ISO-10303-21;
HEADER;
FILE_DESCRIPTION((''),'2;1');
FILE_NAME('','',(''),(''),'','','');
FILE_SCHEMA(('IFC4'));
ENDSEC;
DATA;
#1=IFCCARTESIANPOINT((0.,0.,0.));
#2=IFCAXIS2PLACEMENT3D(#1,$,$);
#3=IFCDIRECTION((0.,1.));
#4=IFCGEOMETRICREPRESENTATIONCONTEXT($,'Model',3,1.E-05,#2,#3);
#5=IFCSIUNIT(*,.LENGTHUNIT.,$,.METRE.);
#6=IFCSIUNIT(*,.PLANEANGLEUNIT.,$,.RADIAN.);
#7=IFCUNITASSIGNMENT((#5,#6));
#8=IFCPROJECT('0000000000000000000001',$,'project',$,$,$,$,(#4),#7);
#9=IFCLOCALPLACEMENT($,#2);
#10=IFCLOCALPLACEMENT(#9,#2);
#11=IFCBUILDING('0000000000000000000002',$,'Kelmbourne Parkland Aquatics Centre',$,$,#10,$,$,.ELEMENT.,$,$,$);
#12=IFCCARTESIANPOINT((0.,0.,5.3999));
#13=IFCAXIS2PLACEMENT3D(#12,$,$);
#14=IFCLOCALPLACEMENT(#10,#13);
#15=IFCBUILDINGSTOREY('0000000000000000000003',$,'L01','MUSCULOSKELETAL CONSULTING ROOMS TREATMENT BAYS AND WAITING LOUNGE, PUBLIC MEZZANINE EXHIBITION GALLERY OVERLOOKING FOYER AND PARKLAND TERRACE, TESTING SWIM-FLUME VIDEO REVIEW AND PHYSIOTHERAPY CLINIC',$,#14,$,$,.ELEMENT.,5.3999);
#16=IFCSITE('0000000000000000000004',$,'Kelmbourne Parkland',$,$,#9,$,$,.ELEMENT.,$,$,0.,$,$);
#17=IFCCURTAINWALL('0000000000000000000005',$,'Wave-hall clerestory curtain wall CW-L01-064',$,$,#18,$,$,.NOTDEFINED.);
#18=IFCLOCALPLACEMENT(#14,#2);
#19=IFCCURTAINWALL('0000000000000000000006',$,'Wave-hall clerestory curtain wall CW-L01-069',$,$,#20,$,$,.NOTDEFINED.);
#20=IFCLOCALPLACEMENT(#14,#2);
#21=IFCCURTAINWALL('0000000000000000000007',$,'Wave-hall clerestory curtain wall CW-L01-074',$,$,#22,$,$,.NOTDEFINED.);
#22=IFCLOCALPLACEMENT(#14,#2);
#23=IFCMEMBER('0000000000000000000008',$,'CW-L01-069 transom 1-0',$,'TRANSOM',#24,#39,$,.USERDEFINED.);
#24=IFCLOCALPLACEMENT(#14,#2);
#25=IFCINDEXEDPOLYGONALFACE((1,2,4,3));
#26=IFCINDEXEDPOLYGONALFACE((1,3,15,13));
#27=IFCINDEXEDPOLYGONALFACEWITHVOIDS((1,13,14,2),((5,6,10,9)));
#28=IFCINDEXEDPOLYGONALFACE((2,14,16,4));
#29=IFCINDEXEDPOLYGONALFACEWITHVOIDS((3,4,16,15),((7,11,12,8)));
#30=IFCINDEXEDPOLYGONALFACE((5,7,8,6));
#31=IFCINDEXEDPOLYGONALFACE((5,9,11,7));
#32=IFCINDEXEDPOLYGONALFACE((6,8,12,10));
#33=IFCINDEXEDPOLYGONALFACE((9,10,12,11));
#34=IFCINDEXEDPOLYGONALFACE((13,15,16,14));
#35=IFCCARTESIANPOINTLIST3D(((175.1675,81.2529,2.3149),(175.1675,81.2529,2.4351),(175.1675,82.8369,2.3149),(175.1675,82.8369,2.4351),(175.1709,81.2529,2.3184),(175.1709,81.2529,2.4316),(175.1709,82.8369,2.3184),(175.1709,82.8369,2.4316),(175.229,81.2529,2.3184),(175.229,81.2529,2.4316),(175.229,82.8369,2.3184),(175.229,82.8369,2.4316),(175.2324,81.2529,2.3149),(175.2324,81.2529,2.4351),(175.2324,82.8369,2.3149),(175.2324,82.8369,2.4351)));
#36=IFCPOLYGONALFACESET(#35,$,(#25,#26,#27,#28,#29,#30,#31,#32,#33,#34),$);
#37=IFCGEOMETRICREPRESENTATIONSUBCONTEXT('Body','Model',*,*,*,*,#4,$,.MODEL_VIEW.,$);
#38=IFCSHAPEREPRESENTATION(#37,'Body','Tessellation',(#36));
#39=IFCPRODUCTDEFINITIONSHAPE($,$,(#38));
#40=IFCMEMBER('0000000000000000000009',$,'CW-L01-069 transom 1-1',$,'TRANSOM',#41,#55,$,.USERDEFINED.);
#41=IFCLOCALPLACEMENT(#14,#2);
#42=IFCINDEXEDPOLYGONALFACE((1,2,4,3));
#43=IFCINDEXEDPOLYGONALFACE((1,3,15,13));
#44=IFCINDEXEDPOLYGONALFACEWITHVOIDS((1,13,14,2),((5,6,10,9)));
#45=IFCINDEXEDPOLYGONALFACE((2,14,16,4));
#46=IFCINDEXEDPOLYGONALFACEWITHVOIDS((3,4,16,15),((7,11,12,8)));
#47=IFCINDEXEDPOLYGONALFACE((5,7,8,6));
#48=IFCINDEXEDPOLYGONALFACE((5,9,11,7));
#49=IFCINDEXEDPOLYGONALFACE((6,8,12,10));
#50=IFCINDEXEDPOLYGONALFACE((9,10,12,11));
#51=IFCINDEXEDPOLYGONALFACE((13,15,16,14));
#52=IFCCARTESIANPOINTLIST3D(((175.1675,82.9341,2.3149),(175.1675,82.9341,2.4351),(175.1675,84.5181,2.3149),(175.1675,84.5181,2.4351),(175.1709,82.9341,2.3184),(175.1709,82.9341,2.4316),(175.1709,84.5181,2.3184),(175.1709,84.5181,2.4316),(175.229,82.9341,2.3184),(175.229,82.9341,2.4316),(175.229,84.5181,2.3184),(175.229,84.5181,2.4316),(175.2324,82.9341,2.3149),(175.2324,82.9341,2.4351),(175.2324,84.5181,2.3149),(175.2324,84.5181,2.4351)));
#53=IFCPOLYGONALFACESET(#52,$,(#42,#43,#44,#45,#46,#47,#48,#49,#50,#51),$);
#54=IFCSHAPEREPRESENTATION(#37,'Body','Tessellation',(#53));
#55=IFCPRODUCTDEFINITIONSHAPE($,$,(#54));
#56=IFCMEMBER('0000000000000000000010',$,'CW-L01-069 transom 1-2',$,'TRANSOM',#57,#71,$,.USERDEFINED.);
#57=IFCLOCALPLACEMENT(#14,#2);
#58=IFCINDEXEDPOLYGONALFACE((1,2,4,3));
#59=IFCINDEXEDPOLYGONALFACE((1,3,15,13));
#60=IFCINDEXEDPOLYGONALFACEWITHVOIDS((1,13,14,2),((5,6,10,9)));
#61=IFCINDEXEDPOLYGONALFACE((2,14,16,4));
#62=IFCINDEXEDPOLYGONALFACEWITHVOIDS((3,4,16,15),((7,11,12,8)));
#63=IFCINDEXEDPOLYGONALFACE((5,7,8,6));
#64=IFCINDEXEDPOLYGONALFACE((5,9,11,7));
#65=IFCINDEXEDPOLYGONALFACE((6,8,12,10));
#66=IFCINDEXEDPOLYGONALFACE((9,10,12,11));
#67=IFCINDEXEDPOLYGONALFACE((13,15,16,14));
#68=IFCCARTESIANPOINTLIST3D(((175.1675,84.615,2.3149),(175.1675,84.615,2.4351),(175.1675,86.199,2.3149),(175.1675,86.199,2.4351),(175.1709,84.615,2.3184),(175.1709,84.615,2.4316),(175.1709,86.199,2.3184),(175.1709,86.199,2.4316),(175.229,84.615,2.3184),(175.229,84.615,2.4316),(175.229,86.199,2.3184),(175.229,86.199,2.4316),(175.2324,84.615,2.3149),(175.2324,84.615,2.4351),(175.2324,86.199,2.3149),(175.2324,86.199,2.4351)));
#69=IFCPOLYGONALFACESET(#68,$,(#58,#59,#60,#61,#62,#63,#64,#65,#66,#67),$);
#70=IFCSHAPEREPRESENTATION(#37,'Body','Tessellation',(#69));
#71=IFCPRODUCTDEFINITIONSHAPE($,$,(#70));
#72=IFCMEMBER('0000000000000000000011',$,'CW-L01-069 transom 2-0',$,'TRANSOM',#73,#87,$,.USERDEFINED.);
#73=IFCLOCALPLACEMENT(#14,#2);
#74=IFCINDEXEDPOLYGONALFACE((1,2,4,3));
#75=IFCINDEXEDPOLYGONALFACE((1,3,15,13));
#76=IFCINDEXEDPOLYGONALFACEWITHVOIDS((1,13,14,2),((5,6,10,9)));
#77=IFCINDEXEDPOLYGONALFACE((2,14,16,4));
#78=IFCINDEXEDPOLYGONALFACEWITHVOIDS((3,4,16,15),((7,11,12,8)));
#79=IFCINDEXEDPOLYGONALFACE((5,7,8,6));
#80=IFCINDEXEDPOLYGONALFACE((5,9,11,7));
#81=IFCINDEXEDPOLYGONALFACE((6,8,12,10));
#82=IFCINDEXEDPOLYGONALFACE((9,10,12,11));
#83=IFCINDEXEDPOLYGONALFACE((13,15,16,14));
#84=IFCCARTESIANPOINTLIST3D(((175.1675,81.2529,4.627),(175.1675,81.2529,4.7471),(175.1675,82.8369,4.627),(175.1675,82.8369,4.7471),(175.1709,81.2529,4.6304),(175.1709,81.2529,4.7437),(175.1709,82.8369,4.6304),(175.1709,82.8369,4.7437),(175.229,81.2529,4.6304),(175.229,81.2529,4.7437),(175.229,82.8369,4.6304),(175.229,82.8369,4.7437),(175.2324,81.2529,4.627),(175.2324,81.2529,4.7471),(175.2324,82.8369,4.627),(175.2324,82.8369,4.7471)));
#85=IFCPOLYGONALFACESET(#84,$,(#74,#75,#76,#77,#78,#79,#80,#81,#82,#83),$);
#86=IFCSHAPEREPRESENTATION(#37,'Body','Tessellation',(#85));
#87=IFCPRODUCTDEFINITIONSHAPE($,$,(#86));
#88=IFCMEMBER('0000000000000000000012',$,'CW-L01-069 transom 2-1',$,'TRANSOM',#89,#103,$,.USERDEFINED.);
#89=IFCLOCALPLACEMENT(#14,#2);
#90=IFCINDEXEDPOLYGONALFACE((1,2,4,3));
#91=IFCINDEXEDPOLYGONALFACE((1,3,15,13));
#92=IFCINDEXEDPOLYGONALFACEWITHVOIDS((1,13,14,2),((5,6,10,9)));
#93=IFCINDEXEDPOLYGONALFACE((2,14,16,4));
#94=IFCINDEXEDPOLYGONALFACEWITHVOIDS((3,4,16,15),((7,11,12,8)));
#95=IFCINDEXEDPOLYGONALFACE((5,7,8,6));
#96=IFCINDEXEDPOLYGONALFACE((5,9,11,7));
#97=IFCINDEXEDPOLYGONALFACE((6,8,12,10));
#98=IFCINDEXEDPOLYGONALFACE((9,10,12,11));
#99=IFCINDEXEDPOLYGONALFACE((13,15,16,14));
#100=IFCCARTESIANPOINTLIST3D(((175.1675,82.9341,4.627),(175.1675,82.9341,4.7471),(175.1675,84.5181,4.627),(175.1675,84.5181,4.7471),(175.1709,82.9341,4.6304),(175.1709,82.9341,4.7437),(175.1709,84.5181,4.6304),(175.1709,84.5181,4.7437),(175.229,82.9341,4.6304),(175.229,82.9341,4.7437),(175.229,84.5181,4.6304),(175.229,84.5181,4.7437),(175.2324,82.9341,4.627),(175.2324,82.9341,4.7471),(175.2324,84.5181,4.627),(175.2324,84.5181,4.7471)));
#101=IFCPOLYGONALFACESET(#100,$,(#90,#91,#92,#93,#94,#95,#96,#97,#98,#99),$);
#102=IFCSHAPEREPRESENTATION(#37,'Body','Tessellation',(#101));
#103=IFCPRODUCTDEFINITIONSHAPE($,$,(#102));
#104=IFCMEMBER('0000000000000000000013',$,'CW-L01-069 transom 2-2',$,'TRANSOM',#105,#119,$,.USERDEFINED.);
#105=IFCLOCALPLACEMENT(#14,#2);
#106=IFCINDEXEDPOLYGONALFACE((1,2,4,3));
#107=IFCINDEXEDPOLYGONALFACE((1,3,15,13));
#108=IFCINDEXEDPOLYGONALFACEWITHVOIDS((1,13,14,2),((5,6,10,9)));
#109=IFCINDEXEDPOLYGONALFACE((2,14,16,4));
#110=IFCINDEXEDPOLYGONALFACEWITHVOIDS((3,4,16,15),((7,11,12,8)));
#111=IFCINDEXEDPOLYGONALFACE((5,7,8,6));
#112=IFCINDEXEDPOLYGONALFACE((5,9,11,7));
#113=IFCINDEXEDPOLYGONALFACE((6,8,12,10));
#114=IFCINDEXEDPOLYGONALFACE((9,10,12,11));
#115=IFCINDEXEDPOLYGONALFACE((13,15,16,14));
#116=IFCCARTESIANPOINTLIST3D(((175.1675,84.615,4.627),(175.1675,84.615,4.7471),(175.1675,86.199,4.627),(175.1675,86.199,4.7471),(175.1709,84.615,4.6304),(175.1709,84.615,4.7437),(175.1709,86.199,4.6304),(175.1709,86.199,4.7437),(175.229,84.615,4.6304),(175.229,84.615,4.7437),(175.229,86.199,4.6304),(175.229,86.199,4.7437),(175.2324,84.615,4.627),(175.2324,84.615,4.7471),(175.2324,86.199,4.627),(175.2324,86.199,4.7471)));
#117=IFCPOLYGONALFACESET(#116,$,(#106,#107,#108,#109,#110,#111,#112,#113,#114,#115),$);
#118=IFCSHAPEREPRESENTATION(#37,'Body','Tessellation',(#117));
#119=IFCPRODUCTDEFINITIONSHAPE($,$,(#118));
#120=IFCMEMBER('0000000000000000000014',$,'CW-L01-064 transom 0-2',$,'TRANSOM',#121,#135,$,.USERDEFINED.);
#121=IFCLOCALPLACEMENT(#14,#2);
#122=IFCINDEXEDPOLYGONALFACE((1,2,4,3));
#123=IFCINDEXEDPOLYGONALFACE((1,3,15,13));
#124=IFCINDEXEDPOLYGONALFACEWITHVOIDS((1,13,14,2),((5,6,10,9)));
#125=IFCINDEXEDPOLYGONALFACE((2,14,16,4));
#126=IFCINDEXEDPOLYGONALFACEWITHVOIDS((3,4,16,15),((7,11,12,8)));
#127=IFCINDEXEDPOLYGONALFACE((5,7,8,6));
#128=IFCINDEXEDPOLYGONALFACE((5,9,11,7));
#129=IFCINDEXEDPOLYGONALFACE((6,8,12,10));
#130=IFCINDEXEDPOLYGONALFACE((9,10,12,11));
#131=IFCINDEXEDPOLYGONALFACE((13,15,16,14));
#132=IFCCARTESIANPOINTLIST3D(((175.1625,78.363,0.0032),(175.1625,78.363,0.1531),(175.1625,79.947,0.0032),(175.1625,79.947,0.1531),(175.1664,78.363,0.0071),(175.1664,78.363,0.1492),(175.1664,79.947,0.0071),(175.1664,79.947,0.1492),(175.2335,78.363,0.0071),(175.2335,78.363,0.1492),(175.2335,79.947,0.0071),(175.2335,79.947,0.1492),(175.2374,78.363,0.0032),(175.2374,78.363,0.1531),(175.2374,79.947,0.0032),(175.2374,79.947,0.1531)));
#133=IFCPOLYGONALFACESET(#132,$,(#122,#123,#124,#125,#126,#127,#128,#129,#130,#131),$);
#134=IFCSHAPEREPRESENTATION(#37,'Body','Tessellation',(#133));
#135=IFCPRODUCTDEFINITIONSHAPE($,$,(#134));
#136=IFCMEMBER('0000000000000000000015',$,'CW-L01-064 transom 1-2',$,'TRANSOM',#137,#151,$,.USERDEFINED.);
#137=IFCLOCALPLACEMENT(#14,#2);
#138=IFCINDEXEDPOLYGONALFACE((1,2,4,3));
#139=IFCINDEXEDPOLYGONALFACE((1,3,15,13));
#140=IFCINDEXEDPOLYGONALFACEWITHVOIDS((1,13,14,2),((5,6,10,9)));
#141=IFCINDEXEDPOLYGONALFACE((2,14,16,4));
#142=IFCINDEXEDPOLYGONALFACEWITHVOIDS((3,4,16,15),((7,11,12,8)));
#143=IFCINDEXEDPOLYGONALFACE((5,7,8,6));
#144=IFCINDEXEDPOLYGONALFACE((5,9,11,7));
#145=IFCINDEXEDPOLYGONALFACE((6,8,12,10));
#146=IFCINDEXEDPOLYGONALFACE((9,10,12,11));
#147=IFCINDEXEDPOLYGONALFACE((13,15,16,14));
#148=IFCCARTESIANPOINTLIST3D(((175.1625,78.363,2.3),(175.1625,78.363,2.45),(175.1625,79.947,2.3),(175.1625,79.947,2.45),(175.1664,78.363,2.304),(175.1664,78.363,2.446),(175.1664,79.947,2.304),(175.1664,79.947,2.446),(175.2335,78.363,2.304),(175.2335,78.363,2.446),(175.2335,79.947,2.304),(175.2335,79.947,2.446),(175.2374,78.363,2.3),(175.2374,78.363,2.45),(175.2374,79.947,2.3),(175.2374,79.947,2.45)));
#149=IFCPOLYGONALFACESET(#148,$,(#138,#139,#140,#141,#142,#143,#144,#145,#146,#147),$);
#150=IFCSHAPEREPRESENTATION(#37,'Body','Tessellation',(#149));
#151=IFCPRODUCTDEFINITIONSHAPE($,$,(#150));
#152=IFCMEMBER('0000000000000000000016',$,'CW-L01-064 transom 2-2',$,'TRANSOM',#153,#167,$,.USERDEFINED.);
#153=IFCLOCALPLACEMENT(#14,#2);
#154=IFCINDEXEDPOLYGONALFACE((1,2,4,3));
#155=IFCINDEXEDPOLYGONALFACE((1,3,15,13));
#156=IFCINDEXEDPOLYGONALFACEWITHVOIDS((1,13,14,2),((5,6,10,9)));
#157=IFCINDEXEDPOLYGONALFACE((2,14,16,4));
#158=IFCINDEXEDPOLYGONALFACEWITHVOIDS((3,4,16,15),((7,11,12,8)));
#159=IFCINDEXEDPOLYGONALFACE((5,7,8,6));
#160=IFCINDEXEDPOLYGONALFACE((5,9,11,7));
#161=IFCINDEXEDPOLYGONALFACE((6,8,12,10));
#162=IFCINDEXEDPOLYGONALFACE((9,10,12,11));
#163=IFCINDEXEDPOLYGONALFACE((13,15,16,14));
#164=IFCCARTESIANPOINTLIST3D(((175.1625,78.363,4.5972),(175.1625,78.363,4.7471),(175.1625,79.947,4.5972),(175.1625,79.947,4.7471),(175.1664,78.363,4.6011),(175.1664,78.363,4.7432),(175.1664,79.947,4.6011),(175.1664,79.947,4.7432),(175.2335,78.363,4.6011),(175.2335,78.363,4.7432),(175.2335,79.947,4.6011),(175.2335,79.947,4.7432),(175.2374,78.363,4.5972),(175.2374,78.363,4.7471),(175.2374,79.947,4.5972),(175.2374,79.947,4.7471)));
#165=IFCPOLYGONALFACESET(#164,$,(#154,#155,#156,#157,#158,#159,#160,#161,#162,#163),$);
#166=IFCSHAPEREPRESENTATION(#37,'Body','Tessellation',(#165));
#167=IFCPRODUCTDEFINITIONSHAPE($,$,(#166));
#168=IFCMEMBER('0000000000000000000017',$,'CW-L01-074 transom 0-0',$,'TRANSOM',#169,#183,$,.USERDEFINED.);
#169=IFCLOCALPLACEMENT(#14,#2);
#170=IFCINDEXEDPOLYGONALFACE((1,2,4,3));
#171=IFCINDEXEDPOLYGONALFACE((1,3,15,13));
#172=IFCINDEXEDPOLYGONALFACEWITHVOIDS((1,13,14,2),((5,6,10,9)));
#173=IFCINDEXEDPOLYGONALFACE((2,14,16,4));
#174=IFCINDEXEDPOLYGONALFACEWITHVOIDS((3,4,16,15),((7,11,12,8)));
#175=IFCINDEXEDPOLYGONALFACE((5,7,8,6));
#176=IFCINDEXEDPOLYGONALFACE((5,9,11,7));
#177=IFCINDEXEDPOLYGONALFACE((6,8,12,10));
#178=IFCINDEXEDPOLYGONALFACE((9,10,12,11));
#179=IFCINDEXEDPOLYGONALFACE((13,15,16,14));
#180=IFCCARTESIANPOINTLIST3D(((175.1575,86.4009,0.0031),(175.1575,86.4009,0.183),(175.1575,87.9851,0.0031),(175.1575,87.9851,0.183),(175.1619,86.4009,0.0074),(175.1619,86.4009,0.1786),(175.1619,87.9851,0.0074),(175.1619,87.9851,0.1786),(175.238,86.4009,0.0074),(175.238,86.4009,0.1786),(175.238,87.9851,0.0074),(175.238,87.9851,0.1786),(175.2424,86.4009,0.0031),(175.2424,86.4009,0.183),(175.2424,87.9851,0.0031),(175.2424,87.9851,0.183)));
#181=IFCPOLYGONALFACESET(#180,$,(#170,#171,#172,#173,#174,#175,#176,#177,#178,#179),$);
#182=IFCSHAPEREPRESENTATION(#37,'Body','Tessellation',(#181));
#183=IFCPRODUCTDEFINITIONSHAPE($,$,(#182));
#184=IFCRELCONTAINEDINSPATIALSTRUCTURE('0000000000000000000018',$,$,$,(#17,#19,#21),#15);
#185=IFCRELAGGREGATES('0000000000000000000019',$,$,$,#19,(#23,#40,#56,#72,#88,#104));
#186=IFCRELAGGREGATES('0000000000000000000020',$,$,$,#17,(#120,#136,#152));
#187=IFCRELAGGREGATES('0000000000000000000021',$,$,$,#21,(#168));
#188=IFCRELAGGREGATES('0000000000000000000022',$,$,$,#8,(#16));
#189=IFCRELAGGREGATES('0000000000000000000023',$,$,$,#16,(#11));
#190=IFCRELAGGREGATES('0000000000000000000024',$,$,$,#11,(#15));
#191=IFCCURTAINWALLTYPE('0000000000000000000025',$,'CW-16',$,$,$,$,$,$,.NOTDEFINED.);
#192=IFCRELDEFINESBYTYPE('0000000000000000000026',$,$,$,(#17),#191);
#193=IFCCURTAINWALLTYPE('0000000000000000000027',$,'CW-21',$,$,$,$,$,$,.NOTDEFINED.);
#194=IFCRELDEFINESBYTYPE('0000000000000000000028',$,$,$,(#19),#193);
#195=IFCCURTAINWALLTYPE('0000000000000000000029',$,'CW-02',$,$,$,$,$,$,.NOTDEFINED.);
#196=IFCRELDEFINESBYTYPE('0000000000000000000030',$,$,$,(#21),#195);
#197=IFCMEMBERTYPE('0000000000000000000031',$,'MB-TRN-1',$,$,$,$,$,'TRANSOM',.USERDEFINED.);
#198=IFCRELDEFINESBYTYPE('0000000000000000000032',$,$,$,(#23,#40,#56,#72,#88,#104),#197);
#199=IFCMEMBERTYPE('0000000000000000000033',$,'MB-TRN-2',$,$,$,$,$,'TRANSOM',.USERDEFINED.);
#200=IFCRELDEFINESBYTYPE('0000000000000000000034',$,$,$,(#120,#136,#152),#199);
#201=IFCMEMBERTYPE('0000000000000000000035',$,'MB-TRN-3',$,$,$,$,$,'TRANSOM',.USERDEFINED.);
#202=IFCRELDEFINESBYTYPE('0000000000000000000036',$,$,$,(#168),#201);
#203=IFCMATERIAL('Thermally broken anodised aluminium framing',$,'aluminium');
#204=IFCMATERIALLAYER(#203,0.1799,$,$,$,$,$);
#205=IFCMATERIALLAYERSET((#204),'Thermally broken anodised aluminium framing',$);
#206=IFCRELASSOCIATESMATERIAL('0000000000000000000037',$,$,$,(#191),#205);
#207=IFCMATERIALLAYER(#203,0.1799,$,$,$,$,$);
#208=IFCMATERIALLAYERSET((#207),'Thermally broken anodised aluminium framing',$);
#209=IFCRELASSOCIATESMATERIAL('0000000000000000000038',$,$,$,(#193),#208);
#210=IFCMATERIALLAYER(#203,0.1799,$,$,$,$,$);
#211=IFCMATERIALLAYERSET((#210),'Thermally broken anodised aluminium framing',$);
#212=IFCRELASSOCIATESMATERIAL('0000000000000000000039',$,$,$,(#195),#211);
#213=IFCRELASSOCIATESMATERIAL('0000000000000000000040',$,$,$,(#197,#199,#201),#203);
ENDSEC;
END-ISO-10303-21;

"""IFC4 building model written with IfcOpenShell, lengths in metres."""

from ifc_helpers import new_model, si_unit, direction, frame, origin, origin_2d, place, context, subcontext, project, spatial, hollow_rectangle, extrude, material, layer, layer_set, material_profile, profile_set, type_object, element, aggregate, save


model = new_model("IFC4")

# Units and contexts
model_context = context("Model", 3, precision=1e-05, world=origin(), true_north=direction((0.0, 1.0)))
body_context = subcontext(model_context, "Body", "Model", "MODEL_VIEW")
ifc_project = project(units=[si_unit("LENGTHUNIT", "METRE"), si_unit("PLANEANGLEUNIT", "RADIAN")], contexts=[model_context])

# Site, building, storey
site_placement = place(None, origin())
site = spatial("IfcSite", under=ifc_project, at=site_placement, Name="Kelmbourne Parkland", CompositionType="ELEMENT", RefElevation=0.0)
building_placement = place(site_placement, origin())
building = spatial("IfcBuilding", under=site, at=building_placement, Name="Kelmbourne Parkland Aquatics Centre", CompositionType="ELEMENT")
storey_placement = place(building_placement, frame((0.0, 0.0, 5.3999)))
storey = spatial("IfcBuildingStorey", under=building, at=storey_placement, Name="L01", Description="MUSCULOSKELETAL CONSULTING ROOMS TREATMENT BAYS AND WAITING LOUNGE, PUBLIC MEZZANINE EXHIBITION GALLERY OVERLOOKING FOYER AND PARKLAND TERRACE, TESTING SWIM-FLUME VIDEO REVIEW AND PHYSIOTHERAPY CLINIC", CompositionType="ELEMENT", Elevation=5.3999)

# Curtain walls
ifc_material_1 = material(Name="Thermally broken anodised aluminium framing", Category="aluminium")
ifc_layer_1 = layer(ifc_material_1, 0.1799)
ifc_layer_set_1 = layer_set([ifc_layer_1], Name="Thermally broken anodised aluminium framing")
curtain_wall_type_1 = type_object("IfcCurtainWallType", Name="CW-16", PredefinedType="NOTDEFINED", material=ifc_layer_set_1)
curtain_wall_1_placement = place(storey_placement, origin())
curtain_wall_1 = element("IfcCurtainWall", 1, at=curtain_wall_1_placement, inside=storey, type_object=curtain_wall_type_1, Name="Wave-hall clerestory curtain wall CW-L01-064", PredefinedType="NOTDEFINED")
ifc_layer_2 = layer(ifc_material_1, 0.1799)
ifc_layer_set_2 = layer_set([ifc_layer_2], Name="Thermally broken anodised aluminium framing")
curtain_wall_type_2 = type_object("IfcCurtainWallType", Name="CW-21", PredefinedType="NOTDEFINED", material=ifc_layer_set_2)
curtain_wall_2_placement = place(storey_placement, origin())
curtain_wall_2 = element("IfcCurtainWall", 2, at=curtain_wall_2_placement, inside=storey, type_object=curtain_wall_type_2, Name="Wave-hall clerestory curtain wall CW-L01-069", PredefinedType="NOTDEFINED")

# Curtain wall
ifc_layer_3 = layer(ifc_material_1, 0.1799)
ifc_layer_set_3 = layer_set([ifc_layer_3], Name="Thermally broken anodised aluminium framing")
curtain_wall_type_3 = type_object("IfcCurtainWallType", Name="CW-02", PredefinedType="NOTDEFINED", material=ifc_layer_set_3)
curtain_wall_3_placement = place(storey_placement, origin())
curtain_wall_3 = element("IfcCurtainWall", 3, at=curtain_wall_3_placement, inside=storey, type_object=curtain_wall_type_3, Name="Wave-hall clerestory curtain wall CW-L01-074", PredefinedType="NOTDEFINED")

# Members
ifc_material_profile_1 = material_profile(ifc_material_1, hollow_rectangle(XDim=0.0649, YDim=0.1201, WallThickness=0.0034, at=origin_2d()), Name="CW-T 65x120")
ifc_profile_set_1 = profile_set([ifc_material_profile_1], Name="Thermally broken anodised aluminium framing")
member_type_1 = type_object("IfcMemberType", Name="MB-TRN-1", ElementType="TRANSOM", PredefinedType="USERDEFINED", material=ifc_profile_set_1)
member_1_placement = place(storey_placement, frame((175.2, 81.2529, 2.375), z_axis=(0.0, 1.0, 0.0), x_axis=(-1.0, 0.0, 0.0)))
member_1 = element("IfcMember", 4, at=member_1_placement, type_object=member_type_1, Name="CW-L01-069 transom 1-0", ObjectType="TRANSOM", PredefinedType="USERDEFINED", context=body_context, shape_type="SweptSolid", body=[
    extrude(hollow_rectangle(XDim=0.0649, YDim=0.1201, WallThickness=0.0034, at=origin_2d()), origin(), (0.0, 0.0, 1.0), 1.584),
])
member_2_placement = place(storey_placement, frame((175.2, 82.9341, 2.375), z_axis=(0.0, 1.0, 0.0), x_axis=(-1.0, 0.0, 0.0)))
member_2 = element("IfcMember", 5, at=member_2_placement, type_object=member_type_1, Name="CW-L01-069 transom 1-1", ObjectType="TRANSOM", PredefinedType="USERDEFINED", context=body_context, shape_type="SweptSolid", body=[
    extrude(hollow_rectangle(XDim=0.0649, YDim=0.1201, WallThickness=0.0034, at=origin_2d()), origin(), (0.0, 0.0, 1.0), 1.584),
])
member_3_placement = place(storey_placement, frame((175.2, 84.615, 2.375), z_axis=(0.0, 1.0, 0.0), x_axis=(-1.0, 0.0, 0.0)))
member_3 = element("IfcMember", 6, at=member_3_placement, type_object=member_type_1, Name="CW-L01-069 transom 1-2", ObjectType="TRANSOM", PredefinedType="USERDEFINED", context=body_context, shape_type="SweptSolid", body=[
    extrude(hollow_rectangle(XDim=0.0649, YDim=0.1201, WallThickness=0.0034, at=origin_2d()), origin(), (0.0, 0.0, 1.0), 1.584),
])
member_4_placement = place(storey_placement, frame((175.2, 81.2529, 4.687), z_axis=(0.0, 1.0, 0.0), x_axis=(-1.0, 0.0, 0.0)))
member_4 = element("IfcMember", 7, at=member_4_placement, type_object=member_type_1, Name="CW-L01-069 transom 2-0", ObjectType="TRANSOM", PredefinedType="USERDEFINED", context=body_context, shape_type="SweptSolid", body=[
    extrude(hollow_rectangle(XDim=0.0649, YDim=0.1201, WallThickness=0.0034, at=origin_2d()), origin(), (0.0, 0.0, 1.0), 1.584),
])
member_5_placement = place(storey_placement, frame((175.2, 82.9341, 4.687), z_axis=(0.0, 1.0, 0.0), x_axis=(-1.0, 0.0, 0.0)))
member_5 = element("IfcMember", 8, at=member_5_placement, type_object=member_type_1, Name="CW-L01-069 transom 2-1", ObjectType="TRANSOM", PredefinedType="USERDEFINED", context=body_context, shape_type="SweptSolid", body=[
    extrude(hollow_rectangle(XDim=0.0649, YDim=0.1201, WallThickness=0.0034, at=origin_2d()), origin(), (0.0, 0.0, 1.0), 1.584),
])
member_6_placement = place(storey_placement, frame((175.2, 84.615, 4.687), z_axis=(0.0, 1.0, 0.0), x_axis=(-1.0, 0.0, 0.0)))
member_6 = element("IfcMember", 9, at=member_6_placement, type_object=member_type_1, Name="CW-L01-069 transom 2-2", ObjectType="TRANSOM", PredefinedType="USERDEFINED", context=body_context, shape_type="SweptSolid", body=[
    extrude(hollow_rectangle(XDim=0.0649, YDim=0.1201, WallThickness=0.0034, at=origin_2d()), origin(), (0.0, 0.0, 1.0), 1.584),
])
ifc_material_profile_2 = material_profile(ifc_material_1, hollow_rectangle(XDim=0.075, YDim=0.1499, WallThickness=0.0039, at=origin_2d()), Name="CW-T 75x150")
ifc_profile_set_2 = profile_set([ifc_material_profile_2], Name="Thermally broken anodised aluminium framing")
member_type_2 = type_object("IfcMemberType", Name="MB-TRN-2", ElementType="TRANSOM", PredefinedType="USERDEFINED", material=ifc_profile_set_2)
member_7_placement = place(storey_placement, frame((175.2, 78.363, 0.0781), z_axis=(0.0, 1.0, 0.0), x_axis=(-1.0, 0.0, 0.0)))
member_7 = element("IfcMember", 10, at=member_7_placement, type_object=member_type_2, Name="CW-L01-064 transom 0-2", ObjectType="TRANSOM", PredefinedType="USERDEFINED", context=body_context, shape_type="SweptSolid", body=[
    extrude(hollow_rectangle(XDim=0.075, YDim=0.1499, WallThickness=0.0039, at=origin_2d()), origin(), (0.0, 0.0, 1.0), 1.584),
])
member_8_placement = place(storey_placement, frame((175.2, 78.363, 2.375), z_axis=(0.0, 1.0, 0.0), x_axis=(-1.0, 0.0, 0.0)))
member_8 = element("IfcMember", 11, at=member_8_placement, type_object=member_type_2, Name="CW-L01-064 transom 1-2", ObjectType="TRANSOM", PredefinedType="USERDEFINED", context=body_context, shape_type="SweptSolid", body=[
    extrude(hollow_rectangle(XDim=0.075, YDim=0.1499, WallThickness=0.0039, at=origin_2d()), origin(), (0.0, 0.0, 1.0), 1.584),
])
member_9_placement = place(storey_placement, frame((175.2, 78.363, 4.6721), z_axis=(0.0, 1.0, 0.0), x_axis=(-1.0, 0.0, 0.0)))
member_9 = element("IfcMember", 12, at=member_9_placement, type_object=member_type_2, Name="CW-L01-064 transom 2-2", ObjectType="TRANSOM", PredefinedType="USERDEFINED", context=body_context, shape_type="SweptSolid", body=[
    extrude(hollow_rectangle(XDim=0.075, YDim=0.1499, WallThickness=0.0039, at=origin_2d()), origin(), (0.0, 0.0, 1.0), 1.584),
])
ifc_material_profile_3 = material_profile(ifc_material_1, hollow_rectangle(XDim=0.085, YDim=0.1799, WallThickness=0.0044, at=origin_2d()), Name="CW-T 85x180")
ifc_profile_set_3 = profile_set([ifc_material_profile_3], Name="Thermally broken anodised aluminium framing")
member_type_3 = type_object("IfcMemberType", Name="MB-TRN-3", ElementType="TRANSOM", PredefinedType="USERDEFINED", material=ifc_profile_set_3)
member_10_placement = place(storey_placement, frame((175.2, 86.4009, 0.093), z_axis=(0.0, 1.0, 0.0), x_axis=(-1.0, 0.0, 0.0)))
member_10 = element("IfcMember", 13, at=member_10_placement, type_object=member_type_3, Name="CW-L01-074 transom 0-0", ObjectType="TRANSOM", PredefinedType="USERDEFINED", context=body_context, shape_type="SweptSolid", body=[
    extrude(hollow_rectangle(XDim=0.085, YDim=0.1799, WallThickness=0.0044, at=origin_2d()), origin(), (0.0, 0.0, 1.0), 1.5842),
])

aggregate(curtain_wall_2, [member_1, member_2, member_3, member_4, member_5, member_6])
aggregate(curtain_wall_1, [member_7, member_8, member_9])
aggregate(curtain_wall_3, [member_10])

save(model, "model.ifc")
